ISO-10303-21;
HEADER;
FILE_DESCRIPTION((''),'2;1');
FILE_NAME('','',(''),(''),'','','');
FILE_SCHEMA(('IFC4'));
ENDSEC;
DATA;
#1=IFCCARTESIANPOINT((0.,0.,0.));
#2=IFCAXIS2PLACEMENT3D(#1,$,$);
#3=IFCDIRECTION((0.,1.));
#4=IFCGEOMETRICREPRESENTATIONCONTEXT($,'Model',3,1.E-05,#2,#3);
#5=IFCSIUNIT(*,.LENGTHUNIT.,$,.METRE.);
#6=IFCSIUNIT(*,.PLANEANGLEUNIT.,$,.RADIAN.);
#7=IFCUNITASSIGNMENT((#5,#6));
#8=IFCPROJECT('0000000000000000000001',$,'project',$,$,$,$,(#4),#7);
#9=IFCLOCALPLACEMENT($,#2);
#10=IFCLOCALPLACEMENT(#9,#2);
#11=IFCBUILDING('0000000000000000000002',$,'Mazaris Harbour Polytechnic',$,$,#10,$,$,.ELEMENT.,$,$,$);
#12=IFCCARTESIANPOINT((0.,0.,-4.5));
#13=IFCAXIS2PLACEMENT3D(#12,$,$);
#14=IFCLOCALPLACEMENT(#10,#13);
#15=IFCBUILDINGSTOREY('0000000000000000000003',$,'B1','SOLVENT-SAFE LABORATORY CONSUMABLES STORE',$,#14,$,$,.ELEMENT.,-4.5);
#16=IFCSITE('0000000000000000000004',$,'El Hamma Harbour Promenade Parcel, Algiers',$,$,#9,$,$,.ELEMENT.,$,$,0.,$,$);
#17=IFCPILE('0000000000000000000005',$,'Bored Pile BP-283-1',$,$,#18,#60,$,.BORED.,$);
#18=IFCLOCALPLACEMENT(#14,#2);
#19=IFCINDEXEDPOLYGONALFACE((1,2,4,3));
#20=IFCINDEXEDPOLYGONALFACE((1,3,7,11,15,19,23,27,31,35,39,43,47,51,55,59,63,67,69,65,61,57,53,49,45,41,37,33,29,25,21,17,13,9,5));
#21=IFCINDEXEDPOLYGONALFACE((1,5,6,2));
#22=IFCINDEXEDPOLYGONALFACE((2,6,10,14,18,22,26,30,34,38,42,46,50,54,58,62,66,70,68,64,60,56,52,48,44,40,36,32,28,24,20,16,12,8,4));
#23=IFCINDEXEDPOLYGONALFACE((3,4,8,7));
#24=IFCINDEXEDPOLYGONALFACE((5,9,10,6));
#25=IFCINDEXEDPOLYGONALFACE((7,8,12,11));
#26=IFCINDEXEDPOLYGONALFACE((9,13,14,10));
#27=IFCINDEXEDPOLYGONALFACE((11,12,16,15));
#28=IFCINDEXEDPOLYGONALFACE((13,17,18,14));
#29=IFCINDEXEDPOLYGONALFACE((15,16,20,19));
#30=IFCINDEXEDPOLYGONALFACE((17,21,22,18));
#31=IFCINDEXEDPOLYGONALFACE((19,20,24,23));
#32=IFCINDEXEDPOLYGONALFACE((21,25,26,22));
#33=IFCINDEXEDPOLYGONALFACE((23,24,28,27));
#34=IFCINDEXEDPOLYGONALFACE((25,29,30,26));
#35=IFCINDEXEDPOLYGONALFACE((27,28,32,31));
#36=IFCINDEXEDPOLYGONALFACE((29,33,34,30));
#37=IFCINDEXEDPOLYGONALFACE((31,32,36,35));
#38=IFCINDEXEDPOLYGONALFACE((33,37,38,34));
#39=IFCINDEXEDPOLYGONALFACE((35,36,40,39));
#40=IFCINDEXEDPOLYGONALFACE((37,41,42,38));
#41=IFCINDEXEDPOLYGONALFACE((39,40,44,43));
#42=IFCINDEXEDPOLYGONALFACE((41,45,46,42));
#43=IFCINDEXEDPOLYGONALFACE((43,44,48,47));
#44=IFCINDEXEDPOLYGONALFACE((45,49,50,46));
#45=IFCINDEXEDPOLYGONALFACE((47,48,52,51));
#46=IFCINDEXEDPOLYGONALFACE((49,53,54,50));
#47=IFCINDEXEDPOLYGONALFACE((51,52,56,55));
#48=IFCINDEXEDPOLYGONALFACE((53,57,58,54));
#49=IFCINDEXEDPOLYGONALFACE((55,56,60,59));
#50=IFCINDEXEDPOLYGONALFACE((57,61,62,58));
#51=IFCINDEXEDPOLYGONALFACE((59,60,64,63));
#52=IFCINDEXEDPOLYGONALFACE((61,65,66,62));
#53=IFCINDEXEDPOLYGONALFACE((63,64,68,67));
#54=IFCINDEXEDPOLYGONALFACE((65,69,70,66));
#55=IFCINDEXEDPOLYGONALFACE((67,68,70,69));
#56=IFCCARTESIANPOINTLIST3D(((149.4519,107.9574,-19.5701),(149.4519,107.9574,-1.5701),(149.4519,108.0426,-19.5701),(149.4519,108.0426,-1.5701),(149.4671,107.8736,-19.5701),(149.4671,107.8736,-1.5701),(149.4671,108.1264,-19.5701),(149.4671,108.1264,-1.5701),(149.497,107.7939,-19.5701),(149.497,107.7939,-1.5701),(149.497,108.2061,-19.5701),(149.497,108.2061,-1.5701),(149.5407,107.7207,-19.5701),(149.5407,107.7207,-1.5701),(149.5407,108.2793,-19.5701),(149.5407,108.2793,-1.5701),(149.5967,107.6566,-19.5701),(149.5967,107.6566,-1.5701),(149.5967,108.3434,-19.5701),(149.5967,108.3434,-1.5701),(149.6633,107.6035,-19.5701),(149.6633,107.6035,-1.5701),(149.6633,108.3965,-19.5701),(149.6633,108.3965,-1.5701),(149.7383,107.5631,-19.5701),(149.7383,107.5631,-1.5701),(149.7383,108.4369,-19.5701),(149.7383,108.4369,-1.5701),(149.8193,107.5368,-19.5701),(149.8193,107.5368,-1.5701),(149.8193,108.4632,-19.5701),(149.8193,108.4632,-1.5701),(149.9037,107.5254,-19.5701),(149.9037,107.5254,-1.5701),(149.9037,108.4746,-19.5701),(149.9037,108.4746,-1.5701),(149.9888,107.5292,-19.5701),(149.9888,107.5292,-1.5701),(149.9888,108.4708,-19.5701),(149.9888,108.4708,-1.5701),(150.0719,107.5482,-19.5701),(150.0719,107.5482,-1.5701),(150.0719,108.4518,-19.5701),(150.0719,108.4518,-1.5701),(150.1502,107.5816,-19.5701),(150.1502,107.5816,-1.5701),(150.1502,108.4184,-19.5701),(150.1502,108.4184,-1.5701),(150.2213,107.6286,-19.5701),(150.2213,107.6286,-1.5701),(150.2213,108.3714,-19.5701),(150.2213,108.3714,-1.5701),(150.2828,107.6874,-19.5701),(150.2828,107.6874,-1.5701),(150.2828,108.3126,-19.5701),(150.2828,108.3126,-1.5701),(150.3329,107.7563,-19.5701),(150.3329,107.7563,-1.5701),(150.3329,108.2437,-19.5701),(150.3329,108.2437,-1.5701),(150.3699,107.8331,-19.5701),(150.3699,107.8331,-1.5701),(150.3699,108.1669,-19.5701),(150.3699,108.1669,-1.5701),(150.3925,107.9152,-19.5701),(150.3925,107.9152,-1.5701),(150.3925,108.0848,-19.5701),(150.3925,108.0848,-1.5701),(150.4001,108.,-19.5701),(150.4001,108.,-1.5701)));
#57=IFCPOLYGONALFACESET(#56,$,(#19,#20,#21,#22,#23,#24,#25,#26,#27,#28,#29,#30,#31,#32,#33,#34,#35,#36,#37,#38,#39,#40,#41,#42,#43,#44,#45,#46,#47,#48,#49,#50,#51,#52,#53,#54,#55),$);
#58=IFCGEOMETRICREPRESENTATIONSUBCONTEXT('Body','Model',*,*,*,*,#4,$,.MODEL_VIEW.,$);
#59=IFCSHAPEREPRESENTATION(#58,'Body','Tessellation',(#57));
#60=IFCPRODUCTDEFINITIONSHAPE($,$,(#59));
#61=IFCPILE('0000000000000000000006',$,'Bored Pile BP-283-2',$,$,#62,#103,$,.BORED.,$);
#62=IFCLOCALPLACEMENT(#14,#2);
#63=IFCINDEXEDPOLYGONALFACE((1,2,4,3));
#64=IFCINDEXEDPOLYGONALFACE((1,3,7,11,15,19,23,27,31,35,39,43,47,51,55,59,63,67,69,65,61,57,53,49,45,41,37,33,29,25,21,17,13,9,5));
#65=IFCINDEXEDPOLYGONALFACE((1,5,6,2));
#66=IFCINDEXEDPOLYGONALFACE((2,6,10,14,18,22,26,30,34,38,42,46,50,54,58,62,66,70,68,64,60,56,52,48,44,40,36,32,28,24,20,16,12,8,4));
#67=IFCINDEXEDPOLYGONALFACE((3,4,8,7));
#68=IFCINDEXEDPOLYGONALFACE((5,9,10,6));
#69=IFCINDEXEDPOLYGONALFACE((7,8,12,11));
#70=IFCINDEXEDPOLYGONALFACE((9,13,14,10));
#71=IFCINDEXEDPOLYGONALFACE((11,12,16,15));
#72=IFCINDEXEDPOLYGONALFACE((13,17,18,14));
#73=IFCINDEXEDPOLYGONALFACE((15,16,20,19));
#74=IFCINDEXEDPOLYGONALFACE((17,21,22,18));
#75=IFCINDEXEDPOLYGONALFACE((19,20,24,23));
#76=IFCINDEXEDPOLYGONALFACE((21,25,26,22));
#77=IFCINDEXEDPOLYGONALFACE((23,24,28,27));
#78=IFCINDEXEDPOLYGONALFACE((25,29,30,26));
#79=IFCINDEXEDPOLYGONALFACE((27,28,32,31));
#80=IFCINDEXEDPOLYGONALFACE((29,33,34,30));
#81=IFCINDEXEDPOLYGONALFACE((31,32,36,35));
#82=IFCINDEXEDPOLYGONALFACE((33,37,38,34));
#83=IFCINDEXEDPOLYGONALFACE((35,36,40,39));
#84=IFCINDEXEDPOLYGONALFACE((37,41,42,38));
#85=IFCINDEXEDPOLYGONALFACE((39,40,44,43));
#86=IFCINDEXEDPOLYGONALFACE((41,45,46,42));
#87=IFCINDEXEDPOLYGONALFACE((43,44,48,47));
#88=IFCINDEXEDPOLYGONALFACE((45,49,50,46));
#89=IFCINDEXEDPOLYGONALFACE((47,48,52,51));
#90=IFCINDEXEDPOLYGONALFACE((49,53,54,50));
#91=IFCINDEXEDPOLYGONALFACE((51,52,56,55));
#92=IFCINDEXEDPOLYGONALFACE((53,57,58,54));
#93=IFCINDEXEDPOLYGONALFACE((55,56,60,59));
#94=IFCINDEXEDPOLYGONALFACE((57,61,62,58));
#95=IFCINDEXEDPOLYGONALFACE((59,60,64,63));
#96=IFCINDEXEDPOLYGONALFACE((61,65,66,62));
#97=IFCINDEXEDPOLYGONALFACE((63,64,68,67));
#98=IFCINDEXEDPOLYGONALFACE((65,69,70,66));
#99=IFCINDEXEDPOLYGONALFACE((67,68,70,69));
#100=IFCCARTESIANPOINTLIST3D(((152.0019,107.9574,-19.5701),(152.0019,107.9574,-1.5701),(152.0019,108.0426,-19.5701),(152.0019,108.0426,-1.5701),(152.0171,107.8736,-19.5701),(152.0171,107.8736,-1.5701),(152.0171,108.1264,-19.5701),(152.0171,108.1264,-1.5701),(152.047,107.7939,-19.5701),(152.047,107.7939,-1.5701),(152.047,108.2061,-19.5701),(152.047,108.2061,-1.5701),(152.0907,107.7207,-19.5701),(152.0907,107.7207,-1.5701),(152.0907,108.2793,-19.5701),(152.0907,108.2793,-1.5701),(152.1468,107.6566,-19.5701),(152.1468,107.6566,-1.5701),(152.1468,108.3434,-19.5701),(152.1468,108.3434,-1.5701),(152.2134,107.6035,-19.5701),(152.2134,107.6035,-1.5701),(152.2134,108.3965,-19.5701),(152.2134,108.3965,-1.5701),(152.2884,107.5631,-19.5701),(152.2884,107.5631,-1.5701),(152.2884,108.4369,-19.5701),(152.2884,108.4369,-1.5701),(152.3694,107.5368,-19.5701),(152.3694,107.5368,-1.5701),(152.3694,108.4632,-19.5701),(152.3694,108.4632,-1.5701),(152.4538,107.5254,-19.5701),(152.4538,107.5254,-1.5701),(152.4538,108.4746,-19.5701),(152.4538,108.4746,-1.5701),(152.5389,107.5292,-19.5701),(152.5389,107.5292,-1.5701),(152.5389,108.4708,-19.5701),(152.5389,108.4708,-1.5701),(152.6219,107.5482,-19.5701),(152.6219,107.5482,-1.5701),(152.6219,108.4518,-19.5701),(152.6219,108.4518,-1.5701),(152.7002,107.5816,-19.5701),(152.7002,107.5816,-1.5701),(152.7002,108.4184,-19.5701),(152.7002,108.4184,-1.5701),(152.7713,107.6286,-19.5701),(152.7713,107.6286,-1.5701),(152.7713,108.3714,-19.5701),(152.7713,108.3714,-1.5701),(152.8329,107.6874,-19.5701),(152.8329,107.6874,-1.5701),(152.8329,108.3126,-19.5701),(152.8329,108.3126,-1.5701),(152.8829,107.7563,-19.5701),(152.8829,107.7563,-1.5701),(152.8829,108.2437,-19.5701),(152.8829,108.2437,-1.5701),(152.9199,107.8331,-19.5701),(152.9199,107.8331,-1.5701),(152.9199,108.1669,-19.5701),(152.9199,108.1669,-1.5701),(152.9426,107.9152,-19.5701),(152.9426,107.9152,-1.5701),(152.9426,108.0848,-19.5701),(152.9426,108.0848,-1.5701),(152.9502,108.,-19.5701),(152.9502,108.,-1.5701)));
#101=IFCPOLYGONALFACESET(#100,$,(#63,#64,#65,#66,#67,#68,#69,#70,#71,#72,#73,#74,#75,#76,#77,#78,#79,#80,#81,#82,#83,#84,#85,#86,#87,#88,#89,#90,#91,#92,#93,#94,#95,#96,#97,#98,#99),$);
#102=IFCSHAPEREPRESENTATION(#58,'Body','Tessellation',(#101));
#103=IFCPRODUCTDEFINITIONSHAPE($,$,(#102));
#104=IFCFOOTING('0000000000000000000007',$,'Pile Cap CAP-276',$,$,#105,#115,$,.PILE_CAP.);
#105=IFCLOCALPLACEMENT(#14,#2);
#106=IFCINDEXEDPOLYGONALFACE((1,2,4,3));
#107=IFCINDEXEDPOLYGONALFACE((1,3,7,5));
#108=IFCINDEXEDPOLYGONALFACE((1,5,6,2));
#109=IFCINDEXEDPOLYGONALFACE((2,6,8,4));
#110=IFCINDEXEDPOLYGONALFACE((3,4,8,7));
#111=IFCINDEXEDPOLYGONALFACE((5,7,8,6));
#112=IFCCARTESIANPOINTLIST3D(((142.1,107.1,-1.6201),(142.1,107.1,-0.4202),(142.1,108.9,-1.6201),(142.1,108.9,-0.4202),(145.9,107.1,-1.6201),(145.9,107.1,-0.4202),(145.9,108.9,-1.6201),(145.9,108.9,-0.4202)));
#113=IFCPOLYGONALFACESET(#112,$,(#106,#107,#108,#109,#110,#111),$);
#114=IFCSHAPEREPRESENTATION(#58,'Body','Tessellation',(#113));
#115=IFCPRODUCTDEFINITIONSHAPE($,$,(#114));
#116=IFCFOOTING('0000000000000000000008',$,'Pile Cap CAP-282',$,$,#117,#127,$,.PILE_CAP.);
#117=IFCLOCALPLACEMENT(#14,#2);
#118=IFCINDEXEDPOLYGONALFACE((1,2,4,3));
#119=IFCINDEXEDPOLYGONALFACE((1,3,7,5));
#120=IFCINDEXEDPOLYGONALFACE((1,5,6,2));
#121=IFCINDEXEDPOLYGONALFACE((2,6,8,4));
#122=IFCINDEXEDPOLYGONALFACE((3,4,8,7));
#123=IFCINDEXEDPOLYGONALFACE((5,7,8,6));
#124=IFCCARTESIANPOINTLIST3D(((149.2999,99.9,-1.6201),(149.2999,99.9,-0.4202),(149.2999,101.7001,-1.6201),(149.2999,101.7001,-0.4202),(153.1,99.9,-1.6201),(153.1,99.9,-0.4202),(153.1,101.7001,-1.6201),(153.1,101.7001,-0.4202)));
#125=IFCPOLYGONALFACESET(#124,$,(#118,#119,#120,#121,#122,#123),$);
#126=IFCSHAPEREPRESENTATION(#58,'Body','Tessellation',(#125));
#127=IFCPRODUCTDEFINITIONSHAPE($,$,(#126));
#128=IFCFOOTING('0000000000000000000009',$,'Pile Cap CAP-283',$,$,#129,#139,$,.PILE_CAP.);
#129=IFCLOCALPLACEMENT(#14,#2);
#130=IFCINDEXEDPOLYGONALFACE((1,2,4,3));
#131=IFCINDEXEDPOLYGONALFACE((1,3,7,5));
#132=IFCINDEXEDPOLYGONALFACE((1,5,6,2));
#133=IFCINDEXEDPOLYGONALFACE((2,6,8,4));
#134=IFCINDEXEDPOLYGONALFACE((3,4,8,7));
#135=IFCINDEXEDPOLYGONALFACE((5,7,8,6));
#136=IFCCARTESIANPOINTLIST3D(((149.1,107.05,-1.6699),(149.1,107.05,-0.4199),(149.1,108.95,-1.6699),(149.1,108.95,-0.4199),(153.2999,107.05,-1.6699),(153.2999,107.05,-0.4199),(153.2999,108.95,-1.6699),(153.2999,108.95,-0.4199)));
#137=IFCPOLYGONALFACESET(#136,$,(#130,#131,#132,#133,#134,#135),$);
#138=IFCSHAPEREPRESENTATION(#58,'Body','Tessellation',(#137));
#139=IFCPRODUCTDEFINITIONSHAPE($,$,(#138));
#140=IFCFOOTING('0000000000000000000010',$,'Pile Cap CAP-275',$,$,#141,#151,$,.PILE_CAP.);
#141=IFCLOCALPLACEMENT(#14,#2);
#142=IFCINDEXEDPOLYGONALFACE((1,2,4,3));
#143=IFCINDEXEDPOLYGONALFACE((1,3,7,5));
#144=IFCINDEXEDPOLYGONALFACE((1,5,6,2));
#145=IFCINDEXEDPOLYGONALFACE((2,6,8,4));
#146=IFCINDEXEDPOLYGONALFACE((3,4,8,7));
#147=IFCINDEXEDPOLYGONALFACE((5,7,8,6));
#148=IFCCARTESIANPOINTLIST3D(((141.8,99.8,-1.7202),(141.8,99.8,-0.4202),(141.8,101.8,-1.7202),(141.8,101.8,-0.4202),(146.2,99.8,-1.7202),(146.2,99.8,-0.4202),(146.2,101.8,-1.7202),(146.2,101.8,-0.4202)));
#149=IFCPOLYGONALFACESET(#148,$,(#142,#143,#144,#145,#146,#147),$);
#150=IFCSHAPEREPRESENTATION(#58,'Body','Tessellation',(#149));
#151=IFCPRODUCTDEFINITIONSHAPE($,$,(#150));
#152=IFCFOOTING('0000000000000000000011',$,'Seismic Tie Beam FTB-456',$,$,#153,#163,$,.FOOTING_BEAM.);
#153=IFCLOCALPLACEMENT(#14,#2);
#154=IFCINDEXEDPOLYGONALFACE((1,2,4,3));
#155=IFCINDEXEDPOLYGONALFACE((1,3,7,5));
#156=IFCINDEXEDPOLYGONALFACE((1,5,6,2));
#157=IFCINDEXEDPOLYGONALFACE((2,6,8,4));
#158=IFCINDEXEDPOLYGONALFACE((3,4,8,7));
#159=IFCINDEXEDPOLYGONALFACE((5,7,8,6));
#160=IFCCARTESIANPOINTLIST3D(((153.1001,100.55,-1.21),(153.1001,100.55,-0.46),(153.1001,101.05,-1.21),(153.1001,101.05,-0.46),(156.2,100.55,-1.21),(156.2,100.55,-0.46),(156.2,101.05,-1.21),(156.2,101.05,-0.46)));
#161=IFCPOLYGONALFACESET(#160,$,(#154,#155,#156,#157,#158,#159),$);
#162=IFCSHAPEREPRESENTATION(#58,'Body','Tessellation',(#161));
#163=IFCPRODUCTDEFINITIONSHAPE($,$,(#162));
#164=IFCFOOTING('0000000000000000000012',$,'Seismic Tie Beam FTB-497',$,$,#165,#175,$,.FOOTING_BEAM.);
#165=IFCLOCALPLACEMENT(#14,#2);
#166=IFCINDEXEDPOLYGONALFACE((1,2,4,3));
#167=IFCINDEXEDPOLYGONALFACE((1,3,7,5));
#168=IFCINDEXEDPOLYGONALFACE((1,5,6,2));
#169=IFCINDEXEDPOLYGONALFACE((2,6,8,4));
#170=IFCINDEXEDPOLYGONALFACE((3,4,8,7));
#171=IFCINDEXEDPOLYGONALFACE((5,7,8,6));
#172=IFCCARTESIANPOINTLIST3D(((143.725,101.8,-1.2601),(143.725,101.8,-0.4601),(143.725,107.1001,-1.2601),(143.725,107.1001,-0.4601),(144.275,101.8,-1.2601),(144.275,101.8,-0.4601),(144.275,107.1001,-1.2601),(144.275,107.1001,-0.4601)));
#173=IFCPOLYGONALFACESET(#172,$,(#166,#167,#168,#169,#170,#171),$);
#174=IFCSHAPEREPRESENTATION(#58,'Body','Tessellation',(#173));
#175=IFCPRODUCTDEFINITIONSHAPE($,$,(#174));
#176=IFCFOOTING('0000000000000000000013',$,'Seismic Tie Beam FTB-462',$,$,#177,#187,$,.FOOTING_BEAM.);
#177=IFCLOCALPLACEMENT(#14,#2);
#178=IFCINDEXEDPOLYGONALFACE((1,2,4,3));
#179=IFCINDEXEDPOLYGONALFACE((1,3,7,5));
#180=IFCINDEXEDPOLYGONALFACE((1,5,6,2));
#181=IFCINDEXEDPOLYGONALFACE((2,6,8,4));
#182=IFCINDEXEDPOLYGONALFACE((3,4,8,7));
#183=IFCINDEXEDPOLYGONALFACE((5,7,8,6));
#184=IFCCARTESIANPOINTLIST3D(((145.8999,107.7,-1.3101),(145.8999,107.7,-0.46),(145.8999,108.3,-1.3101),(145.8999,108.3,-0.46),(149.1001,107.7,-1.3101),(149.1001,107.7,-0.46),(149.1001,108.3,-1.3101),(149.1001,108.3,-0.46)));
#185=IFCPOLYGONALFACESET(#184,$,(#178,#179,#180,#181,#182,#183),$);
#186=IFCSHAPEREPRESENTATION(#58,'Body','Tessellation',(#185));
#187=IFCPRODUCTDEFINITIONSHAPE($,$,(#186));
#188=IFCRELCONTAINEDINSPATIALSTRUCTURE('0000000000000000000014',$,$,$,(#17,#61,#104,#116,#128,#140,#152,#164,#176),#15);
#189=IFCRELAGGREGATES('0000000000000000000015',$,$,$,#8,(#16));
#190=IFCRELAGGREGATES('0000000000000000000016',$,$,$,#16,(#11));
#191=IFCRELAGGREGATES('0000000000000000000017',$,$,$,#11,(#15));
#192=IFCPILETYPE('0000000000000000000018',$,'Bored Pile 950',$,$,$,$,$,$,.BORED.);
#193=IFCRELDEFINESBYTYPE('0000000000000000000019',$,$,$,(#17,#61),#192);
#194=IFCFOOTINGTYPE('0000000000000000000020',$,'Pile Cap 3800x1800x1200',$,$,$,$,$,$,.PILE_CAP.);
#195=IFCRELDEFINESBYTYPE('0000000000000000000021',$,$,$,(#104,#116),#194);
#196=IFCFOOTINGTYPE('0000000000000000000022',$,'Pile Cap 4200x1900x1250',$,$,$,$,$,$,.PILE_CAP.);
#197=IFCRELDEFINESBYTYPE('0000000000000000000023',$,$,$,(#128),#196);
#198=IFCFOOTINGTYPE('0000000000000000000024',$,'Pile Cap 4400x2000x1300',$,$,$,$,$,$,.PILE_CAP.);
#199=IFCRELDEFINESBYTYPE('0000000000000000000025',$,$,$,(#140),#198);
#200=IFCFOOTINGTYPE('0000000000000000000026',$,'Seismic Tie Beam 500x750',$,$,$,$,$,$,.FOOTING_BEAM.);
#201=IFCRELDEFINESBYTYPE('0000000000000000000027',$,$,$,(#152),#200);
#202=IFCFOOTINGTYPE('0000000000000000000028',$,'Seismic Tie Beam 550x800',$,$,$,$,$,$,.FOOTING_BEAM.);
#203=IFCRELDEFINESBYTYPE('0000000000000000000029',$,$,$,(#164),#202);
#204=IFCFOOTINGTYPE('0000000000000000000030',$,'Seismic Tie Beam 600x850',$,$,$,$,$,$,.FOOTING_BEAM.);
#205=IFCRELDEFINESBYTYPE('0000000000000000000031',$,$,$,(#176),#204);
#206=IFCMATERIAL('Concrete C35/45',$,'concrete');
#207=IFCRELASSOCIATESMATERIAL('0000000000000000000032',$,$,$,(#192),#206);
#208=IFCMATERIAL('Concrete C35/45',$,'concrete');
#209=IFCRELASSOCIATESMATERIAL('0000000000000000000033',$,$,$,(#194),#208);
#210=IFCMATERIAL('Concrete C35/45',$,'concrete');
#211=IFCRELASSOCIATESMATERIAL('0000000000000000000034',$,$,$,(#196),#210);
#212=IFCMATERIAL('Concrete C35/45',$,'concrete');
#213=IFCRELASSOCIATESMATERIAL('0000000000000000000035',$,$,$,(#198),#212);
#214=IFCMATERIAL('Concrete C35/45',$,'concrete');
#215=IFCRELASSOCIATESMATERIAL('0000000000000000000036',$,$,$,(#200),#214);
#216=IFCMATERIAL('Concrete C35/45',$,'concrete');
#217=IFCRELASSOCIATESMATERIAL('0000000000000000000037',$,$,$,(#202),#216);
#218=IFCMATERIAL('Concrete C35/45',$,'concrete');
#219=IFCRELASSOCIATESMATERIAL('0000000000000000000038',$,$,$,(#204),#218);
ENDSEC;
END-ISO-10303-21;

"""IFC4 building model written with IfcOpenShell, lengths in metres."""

from ifc_helpers import new_model, si_unit, direction, frame, origin, origin_2d, place, context, subcontext, project, spatial, rectangle, circle, extrude, material, material_profile, profile_set, type_object, element, save


model = new_model("IFC4")

# Units and contexts
model_context = context("Model", 3, precision=1e-05, world=origin(), true_north=direction((0.0, 1.0)))
body_context = subcontext(model_context, "Body", "Model", "MODEL_VIEW")
ifc_project = project(units=[si_unit("LENGTHUNIT", "METRE"), si_unit("PLANEANGLEUNIT", "RADIAN")], contexts=[model_context])

# Site, building, storey
site_placement = place(None, origin())
site = spatial("IfcSite", under=ifc_project, at=site_placement, Name="El Hamma Harbour Promenade Parcel, Algiers", CompositionType="ELEMENT", RefElevation=0.0)
building_placement = place(site_placement, origin())
building = spatial("IfcBuilding", under=site, at=building_placement, Name="Mazaris Harbour Polytechnic", CompositionType="ELEMENT")
storey_placement = place(building_placement, frame((0.0, 0.0, -4.5)))
storey = spatial("IfcBuildingStorey", under=building, at=storey_placement, Name="B1", Description="SOLVENT-SAFE LABORATORY CONSUMABLES STORE", CompositionType="ELEMENT", Elevation=-4.5)

# Piles
ifc_material_1 = material(Name="Concrete C35/45", Category="concrete")
ifc_material_profile_1 = material_profile(ifc_material_1, circle(Radius=0.4751, at=origin_2d()), Name="DIA950")
ifc_profile_set_1 = profile_set([ifc_material_profile_1], Name="Concrete C35/45")
pile_type_1 = type_object("IfcPileType", Name="Bored Pile 950", PredefinedType="BORED", material=ifc_profile_set_1)
for number, where, z_axis, x_axis, name in (
    (1, (149.925, 108.0, -1.5701), (0.0, 0.0, -1.0), (1.0, 0.0, 0.0), "Bored Pile BP-283-1"),
    (2, (152.4751, 108.0, -1.5701), (0.0, 0.0, -1.0), (1.0, 0.0, 0.0), "Bored Pile BP-283-2"),
):
    element("IfcPile", number, at=place(storey_placement, frame(where, z_axis=z_axis, x_axis=x_axis)), inside=storey, type_object=pile_type_1, Name=name, PredefinedType="BORED", context=body_context, shape_type="SweptSolid", body=[
        extrude(circle(Radius=0.4751, at=origin_2d()), origin(), (0.0, 0.0, 1.0), 18.0),
    ])

# Footings
ifc_material_2 = material(Name="Concrete C35/45", Category="concrete")
footing_type_1 = type_object("IfcFootingType", Name="Pile Cap 3800x1800x1200", PredefinedType="PILE_CAP", material=ifc_material_2)
for number, where, z_axis, x_axis, name in (
    (3, (144.0, 108.0, -1.6201), (0.0, 0.0, 1.0), (1.0, 0.0, 0.0), "Pile Cap CAP-276"),
    (4, (151.2, 100.8, -1.6201), (0.0, 0.0, 1.0), (1.0, 0.0, 0.0), "Pile Cap CAP-282"),
):
    element("IfcFooting", number, at=place(storey_placement, frame(where, z_axis=z_axis, x_axis=x_axis)), inside=storey, type_object=footing_type_1, Name=name, PredefinedType="PILE_CAP", context=body_context, shape_type="SweptSolid", body=[
        extrude(rectangle(XDim=3.8, YDim=1.8, at=origin_2d()), origin(), (0.0, 0.0, 1.0), 1.2),
    ])
ifc_material_3 = material(Name="Concrete C35/45", Category="concrete")
footing_type_2 = type_object("IfcFootingType", Name="Pile Cap 4200x1900x1250", PredefinedType="PILE_CAP", material=ifc_material_3)
footing_1_placement = place(storey_placement, frame((151.2, 108.0, -1.6699), z_axis=(0.0, 0.0, 1.0), x_axis=(1.0, 0.0, 0.0)))
element("IfcFooting", 5, at=footing_1_placement, inside=storey, type_object=footing_type_2, Name="Pile Cap CAP-283", PredefinedType="PILE_CAP", context=body_context, shape_type="SweptSolid", body=[
    extrude(rectangle(XDim=4.2, YDim=1.8999, at=origin_2d()), origin(), (0.0, 0.0, 1.0), 1.25),
])
ifc_material_4 = material(Name="Concrete C35/45", Category="concrete")
footing_type_3 = type_object("IfcFootingType", Name="Pile Cap 4400x2000x1300", PredefinedType="PILE_CAP", material=ifc_material_4)
footing_2_placement = place(storey_placement, frame((144.0, 100.8, -1.7202), z_axis=(0.0, 0.0, 1.0), x_axis=(1.0, 0.0, 0.0)))
element("IfcFooting", 6, at=footing_2_placement, inside=storey, type_object=footing_type_3, Name="Pile Cap CAP-275", PredefinedType="PILE_CAP", context=body_context, shape_type="SweptSolid", body=[
    extrude(rectangle(XDim=4.3999, YDim=2.0, at=origin_2d()), origin(), (0.0, 0.0, 1.0), 1.3),
])
ifc_material_5 = material(Name="Concrete C35/45", Category="concrete")
ifc_material_profile_2 = material_profile(ifc_material_5, rectangle(XDim=0.5, YDim=0.75, at=origin_2d()), Name="RECT500x750")
ifc_profile_set_2 = profile_set([ifc_material_profile_2], Name="Concrete C35/45")
footing_type_4 = type_object("IfcFootingType", Name="Seismic Tie Beam 500x750", PredefinedType="FOOTING_BEAM", material=ifc_profile_set_2)
footing_3_placement = place(storey_placement, frame((153.1001, 100.8, -0.835), z_axis=(1.0, 0.0, 0.0), x_axis=(0.0, 1.0, 0.0)))
element("IfcFooting", 7, at=footing_3_placement, inside=storey, type_object=footing_type_4, Name="Seismic Tie Beam FTB-456", PredefinedType="FOOTING_BEAM", context=body_context, shape_type="SweptSolid", body=[
    extrude(rectangle(XDim=0.5, YDim=0.75, at=origin_2d()), origin(), (0.0, 0.0, 1.0), 3.0999),
])
ifc_material_6 = material(Name="Concrete C35/45", Category="concrete")
ifc_material_profile_3 = material_profile(ifc_material_6, rectangle(XDim=0.55, YDim=0.8, at=origin_2d()), Name="RECT550x800")
ifc_profile_set_3 = profile_set([ifc_material_profile_3], Name="Concrete C35/45")
footing_type_5 = type_object("IfcFootingType", Name="Seismic Tie Beam 550x800", PredefinedType="FOOTING_BEAM", material=ifc_profile_set_3)
footing_4_placement = place(storey_placement, frame((144.0, 101.8, -0.8601), z_axis=(0.0, 1.0, 0.0), x_axis=(-1.0, 0.0, 0.0)))
element("IfcFooting", 8, at=footing_4_placement, inside=storey, type_object=footing_type_5, Name="Seismic Tie Beam FTB-497", PredefinedType="FOOTING_BEAM", context=body_context, shape_type="SweptSolid", body=[
    extrude(rectangle(XDim=0.55, YDim=0.8, at=origin_2d()), origin(), (0.0, 0.0, 1.0), 5.3),
])
ifc_material_7 = material(Name="Concrete C35/45", Category="concrete")
ifc_material_profile_4 = material_profile(ifc_material_7, rectangle(XDim=0.6001, YDim=0.8501, at=origin_2d()), Name="RECT600x850")
ifc_profile_set_4 = profile_set([ifc_material_profile_4], Name="Concrete C35/45")
footing_type_6 = type_object("IfcFootingType", Name="Seismic Tie Beam 600x850", PredefinedType="FOOTING_BEAM", material=ifc_profile_set_4)
footing_5_placement = place(storey_placement, frame((145.8999, 108.0, -0.885), z_axis=(1.0, 0.0, 0.0), x_axis=(0.0, 1.0, 0.0)))
element("IfcFooting", 9, at=footing_5_placement, inside=storey, type_object=footing_type_6, Name="Seismic Tie Beam FTB-462", PredefinedType="FOOTING_BEAM", context=body_context, shape_type="SweptSolid", body=[
    extrude(rectangle(XDim=0.6001, YDim=0.8501, at=origin_2d()), origin(), (0.0, 0.0, 1.0), 3.2002),
])

save(model, "model.ifc")
